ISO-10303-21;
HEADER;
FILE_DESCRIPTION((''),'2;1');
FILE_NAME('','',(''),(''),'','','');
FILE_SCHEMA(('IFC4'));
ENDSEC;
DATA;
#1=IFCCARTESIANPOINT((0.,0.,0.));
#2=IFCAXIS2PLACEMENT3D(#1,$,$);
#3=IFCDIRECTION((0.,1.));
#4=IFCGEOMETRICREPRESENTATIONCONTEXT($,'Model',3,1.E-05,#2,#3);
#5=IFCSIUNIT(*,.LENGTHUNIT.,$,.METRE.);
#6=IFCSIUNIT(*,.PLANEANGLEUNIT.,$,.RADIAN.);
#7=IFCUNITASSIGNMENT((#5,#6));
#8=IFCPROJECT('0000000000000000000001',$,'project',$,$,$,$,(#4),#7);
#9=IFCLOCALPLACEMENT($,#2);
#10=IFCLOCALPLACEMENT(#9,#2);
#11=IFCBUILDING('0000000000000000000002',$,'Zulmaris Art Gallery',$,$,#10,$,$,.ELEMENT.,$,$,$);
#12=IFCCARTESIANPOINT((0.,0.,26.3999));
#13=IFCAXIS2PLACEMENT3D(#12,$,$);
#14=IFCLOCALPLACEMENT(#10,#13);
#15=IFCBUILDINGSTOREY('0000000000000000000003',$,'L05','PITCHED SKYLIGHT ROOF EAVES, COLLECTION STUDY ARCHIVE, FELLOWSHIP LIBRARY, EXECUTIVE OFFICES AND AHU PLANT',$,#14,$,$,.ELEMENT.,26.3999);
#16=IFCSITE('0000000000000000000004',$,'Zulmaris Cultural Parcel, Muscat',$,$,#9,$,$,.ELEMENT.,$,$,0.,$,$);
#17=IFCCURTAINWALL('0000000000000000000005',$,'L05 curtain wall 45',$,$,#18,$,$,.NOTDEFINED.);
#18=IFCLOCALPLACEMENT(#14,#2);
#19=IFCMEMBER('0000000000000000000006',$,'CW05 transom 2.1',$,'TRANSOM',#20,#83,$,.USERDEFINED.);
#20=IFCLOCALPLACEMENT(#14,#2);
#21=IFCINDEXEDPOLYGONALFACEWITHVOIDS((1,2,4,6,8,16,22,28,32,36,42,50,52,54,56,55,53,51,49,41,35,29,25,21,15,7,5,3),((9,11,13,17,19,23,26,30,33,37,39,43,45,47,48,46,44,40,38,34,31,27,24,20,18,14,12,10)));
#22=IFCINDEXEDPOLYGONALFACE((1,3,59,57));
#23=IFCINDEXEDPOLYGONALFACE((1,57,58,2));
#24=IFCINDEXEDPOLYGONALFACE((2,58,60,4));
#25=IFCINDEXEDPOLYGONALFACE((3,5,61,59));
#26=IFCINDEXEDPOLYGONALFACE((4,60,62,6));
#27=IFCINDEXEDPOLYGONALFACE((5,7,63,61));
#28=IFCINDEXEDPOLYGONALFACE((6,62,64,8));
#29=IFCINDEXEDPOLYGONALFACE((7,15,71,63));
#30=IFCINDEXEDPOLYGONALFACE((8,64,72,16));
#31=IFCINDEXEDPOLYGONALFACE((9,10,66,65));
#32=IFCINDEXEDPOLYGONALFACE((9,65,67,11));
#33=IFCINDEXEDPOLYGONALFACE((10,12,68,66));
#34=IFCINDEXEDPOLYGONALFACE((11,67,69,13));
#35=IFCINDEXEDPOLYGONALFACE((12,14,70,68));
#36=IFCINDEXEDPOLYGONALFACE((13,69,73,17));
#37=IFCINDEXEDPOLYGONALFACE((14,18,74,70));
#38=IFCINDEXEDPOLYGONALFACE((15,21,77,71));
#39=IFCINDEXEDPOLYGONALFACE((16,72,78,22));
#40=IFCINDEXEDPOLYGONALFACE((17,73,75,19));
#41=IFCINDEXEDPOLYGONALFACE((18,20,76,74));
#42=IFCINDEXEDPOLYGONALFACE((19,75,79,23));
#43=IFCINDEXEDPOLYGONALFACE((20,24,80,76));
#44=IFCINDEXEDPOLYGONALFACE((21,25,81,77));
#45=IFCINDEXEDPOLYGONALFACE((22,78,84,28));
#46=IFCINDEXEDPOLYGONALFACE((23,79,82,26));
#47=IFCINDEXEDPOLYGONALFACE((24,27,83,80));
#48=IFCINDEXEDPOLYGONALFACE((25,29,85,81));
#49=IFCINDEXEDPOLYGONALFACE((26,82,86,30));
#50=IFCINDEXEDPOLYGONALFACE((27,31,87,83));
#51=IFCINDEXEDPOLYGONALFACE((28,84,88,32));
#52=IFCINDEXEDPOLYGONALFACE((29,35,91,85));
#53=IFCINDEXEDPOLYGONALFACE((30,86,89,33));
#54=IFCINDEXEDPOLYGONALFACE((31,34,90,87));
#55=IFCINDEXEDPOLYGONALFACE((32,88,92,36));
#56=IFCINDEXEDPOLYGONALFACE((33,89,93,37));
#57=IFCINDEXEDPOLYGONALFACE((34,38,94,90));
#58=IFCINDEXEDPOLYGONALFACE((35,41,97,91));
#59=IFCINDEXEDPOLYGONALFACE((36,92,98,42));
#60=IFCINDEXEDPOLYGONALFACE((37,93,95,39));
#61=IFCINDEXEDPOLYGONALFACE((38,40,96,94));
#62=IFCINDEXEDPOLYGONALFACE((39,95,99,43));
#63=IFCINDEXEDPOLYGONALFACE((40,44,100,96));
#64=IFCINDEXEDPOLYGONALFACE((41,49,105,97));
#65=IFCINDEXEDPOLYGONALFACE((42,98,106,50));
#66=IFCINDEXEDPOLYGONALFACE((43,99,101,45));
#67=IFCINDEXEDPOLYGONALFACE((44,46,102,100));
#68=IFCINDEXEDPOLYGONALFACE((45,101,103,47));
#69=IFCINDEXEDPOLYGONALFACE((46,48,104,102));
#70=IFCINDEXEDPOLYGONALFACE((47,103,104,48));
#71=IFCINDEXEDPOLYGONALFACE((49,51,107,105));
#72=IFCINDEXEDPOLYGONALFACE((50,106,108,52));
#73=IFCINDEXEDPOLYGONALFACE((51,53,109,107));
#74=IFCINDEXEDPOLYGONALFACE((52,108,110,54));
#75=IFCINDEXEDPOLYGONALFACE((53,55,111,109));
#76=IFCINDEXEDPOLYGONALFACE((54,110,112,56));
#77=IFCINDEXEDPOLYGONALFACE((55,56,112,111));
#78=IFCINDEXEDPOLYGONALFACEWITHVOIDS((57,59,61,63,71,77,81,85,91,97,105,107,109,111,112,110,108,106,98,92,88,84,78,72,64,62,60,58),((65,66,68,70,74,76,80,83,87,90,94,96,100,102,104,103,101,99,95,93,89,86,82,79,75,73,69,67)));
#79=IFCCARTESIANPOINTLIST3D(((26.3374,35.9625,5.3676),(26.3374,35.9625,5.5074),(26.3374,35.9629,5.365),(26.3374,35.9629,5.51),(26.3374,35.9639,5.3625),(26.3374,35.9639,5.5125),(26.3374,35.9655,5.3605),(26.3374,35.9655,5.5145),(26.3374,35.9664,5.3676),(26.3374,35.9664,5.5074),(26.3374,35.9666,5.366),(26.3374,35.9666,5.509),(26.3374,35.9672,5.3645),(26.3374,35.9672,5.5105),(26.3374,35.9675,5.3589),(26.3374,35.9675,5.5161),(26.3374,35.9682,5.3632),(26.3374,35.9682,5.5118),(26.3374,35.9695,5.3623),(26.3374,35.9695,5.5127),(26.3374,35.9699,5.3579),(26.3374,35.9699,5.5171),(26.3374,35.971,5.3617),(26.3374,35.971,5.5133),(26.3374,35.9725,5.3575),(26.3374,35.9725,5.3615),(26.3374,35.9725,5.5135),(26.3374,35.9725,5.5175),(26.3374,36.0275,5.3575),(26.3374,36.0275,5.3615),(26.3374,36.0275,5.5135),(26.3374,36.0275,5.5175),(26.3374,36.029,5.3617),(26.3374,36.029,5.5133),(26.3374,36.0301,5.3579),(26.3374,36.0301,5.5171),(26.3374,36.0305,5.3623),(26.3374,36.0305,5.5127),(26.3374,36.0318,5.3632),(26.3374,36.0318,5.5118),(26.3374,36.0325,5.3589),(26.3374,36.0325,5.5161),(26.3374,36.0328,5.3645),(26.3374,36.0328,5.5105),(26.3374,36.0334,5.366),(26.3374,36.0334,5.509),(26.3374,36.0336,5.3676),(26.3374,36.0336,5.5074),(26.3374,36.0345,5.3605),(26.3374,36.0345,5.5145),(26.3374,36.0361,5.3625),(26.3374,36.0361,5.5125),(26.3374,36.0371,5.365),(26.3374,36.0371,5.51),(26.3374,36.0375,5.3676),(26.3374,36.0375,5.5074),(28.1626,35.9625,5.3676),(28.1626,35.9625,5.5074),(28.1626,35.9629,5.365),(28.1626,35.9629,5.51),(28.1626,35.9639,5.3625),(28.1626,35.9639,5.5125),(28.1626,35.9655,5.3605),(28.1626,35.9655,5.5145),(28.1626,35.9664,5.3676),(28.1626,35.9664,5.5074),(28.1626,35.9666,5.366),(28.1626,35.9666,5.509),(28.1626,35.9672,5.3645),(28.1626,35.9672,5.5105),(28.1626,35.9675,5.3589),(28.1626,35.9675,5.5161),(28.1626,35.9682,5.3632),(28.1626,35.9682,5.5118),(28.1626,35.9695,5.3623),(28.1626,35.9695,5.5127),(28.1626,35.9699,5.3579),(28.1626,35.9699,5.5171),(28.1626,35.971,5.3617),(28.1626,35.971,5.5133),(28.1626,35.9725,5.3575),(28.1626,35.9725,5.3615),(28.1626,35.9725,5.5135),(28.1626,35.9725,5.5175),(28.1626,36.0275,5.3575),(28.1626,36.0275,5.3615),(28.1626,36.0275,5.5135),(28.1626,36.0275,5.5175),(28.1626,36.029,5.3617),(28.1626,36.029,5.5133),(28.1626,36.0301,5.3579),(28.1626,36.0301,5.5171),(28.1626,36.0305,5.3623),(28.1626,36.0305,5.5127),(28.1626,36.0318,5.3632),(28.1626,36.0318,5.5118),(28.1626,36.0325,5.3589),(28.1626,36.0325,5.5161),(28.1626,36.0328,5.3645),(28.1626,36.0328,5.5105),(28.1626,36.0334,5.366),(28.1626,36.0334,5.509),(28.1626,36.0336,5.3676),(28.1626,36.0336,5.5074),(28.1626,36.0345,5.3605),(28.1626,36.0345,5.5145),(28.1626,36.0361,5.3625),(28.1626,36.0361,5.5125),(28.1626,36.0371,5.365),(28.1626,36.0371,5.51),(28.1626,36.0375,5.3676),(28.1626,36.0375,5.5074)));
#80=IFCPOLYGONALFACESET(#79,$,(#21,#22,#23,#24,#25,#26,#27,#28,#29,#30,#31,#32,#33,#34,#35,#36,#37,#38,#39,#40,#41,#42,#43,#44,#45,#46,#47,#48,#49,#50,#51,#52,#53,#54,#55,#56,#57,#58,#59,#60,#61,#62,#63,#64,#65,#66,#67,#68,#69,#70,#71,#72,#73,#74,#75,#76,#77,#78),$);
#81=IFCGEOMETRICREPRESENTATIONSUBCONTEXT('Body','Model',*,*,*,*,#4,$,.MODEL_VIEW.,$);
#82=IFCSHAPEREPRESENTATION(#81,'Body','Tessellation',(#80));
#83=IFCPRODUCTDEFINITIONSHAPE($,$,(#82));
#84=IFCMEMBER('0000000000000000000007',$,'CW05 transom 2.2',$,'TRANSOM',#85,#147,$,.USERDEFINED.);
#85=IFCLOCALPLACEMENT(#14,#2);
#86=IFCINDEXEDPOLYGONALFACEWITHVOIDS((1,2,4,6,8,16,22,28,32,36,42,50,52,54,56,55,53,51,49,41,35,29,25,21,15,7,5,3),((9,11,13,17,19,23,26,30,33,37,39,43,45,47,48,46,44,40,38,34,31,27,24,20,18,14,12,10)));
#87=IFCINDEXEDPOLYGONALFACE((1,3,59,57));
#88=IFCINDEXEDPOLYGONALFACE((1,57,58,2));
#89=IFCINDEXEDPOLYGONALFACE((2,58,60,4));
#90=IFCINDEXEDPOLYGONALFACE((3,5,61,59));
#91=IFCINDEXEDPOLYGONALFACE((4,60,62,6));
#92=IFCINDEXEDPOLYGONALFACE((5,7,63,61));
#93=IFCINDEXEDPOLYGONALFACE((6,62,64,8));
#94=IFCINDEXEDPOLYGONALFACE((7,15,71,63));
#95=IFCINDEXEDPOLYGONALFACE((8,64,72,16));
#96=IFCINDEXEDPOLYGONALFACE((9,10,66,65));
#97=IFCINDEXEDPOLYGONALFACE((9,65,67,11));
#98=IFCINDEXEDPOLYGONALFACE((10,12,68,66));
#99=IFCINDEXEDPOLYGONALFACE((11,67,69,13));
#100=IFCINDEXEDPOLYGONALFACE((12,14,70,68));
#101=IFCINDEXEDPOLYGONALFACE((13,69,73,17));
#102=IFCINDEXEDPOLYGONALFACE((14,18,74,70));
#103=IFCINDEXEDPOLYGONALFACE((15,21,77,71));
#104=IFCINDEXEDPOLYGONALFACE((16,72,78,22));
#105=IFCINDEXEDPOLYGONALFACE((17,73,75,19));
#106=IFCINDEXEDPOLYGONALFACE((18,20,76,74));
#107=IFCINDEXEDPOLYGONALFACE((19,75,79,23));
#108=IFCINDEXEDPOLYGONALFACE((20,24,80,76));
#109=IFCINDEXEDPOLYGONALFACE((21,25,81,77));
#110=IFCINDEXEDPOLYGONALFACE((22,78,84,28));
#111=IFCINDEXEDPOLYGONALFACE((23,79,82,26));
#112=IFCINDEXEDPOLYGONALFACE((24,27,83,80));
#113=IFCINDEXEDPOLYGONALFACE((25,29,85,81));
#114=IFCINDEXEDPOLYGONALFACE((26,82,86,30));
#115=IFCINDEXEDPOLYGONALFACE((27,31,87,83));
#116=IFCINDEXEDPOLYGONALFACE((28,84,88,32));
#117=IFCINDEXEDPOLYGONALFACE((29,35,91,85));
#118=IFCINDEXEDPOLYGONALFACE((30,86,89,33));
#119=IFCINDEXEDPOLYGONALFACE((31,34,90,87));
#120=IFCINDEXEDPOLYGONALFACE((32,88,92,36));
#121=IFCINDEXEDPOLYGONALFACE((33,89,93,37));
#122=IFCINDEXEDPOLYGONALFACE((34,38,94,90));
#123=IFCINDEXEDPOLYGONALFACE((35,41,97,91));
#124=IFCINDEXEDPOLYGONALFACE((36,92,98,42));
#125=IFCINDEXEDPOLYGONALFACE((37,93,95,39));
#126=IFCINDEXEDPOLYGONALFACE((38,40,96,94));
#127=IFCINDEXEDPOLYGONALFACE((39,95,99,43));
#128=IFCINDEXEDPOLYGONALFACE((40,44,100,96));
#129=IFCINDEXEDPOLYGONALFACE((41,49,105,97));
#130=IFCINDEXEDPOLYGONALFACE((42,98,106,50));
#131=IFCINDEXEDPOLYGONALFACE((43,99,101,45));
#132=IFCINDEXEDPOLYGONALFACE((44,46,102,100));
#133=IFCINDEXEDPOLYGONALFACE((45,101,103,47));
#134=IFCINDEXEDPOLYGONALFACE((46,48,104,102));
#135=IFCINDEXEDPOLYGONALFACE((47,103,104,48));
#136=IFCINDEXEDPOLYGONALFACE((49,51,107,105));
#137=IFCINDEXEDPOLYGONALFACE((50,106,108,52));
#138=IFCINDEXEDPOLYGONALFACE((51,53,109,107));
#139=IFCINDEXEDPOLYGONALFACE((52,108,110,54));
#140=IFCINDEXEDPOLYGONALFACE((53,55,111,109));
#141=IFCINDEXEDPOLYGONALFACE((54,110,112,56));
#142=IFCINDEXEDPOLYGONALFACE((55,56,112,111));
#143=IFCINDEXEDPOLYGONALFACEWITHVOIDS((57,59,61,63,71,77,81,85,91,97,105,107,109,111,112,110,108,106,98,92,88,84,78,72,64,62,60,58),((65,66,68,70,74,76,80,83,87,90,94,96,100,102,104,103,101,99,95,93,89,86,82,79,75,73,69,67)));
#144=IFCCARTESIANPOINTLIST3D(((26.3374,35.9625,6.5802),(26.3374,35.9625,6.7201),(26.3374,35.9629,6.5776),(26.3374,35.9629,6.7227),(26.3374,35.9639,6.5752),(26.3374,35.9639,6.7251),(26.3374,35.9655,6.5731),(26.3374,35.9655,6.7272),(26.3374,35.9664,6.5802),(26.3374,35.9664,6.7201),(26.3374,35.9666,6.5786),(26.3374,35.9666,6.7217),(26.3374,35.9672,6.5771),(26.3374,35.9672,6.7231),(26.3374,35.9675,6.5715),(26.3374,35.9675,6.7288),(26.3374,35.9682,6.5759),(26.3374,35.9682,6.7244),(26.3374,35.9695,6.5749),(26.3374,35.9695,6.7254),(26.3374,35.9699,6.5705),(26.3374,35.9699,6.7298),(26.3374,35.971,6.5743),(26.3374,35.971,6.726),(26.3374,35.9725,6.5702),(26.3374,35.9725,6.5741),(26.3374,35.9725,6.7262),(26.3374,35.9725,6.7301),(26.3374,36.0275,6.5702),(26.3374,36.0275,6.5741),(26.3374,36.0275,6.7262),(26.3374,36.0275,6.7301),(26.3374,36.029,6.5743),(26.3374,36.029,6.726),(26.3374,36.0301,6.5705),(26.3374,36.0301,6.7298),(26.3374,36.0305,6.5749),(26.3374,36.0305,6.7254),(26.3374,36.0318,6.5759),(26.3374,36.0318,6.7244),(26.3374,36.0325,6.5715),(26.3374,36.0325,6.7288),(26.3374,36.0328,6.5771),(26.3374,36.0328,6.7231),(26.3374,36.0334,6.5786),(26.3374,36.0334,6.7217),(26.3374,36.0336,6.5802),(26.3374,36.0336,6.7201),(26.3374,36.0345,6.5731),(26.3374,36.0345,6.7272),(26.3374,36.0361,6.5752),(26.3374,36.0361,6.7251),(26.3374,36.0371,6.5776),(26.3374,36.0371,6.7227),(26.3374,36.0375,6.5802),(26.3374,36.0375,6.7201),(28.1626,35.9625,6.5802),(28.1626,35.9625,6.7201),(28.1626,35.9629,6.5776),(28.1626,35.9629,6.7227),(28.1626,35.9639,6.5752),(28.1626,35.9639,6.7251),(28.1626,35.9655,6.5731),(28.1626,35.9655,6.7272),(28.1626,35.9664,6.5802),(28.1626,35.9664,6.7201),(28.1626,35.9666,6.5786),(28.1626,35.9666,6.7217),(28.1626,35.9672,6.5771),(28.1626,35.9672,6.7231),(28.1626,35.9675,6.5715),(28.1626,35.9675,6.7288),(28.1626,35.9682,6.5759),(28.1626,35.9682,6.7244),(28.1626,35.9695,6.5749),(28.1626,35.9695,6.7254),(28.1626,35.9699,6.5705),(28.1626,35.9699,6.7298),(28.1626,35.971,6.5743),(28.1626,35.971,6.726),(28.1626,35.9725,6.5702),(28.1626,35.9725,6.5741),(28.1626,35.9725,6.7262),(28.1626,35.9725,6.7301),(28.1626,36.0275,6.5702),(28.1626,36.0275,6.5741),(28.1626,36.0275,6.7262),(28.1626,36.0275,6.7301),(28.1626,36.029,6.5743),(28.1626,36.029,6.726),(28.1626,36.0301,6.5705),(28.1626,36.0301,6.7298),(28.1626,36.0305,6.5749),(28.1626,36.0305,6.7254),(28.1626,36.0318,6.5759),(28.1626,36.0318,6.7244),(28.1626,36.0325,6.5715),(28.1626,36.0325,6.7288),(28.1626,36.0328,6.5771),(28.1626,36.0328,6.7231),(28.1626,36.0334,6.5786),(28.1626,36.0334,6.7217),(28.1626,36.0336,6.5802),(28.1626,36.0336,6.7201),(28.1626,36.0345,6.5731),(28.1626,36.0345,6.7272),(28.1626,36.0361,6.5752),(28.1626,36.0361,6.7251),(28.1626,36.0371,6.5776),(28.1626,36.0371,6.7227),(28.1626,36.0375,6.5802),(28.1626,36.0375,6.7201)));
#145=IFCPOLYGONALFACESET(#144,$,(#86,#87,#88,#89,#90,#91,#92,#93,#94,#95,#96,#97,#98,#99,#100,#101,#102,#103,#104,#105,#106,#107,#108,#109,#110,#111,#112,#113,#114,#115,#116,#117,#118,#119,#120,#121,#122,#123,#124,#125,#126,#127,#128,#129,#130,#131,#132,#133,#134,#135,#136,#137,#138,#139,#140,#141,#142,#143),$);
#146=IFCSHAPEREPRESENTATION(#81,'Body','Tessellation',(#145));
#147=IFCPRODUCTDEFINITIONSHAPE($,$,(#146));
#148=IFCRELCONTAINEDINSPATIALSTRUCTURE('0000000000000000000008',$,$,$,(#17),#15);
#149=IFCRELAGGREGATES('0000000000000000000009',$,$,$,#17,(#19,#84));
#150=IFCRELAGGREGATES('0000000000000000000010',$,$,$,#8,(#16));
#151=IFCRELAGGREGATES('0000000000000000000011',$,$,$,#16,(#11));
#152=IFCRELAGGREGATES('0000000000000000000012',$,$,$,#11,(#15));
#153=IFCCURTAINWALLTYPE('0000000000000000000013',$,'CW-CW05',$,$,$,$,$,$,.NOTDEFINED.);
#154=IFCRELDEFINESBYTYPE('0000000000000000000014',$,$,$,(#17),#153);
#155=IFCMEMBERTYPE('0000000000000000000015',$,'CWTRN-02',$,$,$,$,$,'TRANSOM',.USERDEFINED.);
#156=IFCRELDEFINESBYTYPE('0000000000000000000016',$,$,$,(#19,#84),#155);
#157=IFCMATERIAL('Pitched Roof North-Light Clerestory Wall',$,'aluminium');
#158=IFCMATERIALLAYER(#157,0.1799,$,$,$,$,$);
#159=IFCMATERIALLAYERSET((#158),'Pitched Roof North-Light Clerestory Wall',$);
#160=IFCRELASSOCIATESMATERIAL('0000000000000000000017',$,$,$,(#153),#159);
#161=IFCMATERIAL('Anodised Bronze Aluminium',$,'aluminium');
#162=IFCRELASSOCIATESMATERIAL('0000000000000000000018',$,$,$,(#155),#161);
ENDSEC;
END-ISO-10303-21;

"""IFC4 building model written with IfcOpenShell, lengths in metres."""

from ifc_helpers import new_model, si_unit, direction, frame, origin, origin_2d, place, context, subcontext, project, spatial, hollow_rectangle, extrude, material, layer, layer_set, material_profile, profile_set, type_object, element, aggregate, save


model = new_model("IFC4")

# Units and contexts
model_context = context("Model", 3, precision=1e-05, world=origin(), true_north=direction((0.0, 1.0)))
body_context = subcontext(model_context, "Body", "Model", "MODEL_VIEW")
ifc_project = project(units=[si_unit("LENGTHUNIT", "METRE"), si_unit("PLANEANGLEUNIT", "RADIAN")], contexts=[model_context])

# Site, building, storey
site_placement = place(None, origin())
site = spatial("IfcSite", under=ifc_project, at=site_placement, Name="Zulmaris Cultural Parcel, Muscat", CompositionType="ELEMENT", RefElevation=0.0)
building_placement = place(site_placement, origin())
building = spatial("IfcBuilding", under=site, at=building_placement, Name="Zulmaris Art Gallery", CompositionType="ELEMENT")
storey_placement = place(building_placement, frame((0.0, 0.0, 26.3999)))
storey = spatial("IfcBuildingStorey", under=building, at=storey_placement, Name="L05", Description="PITCHED SKYLIGHT ROOF EAVES, COLLECTION STUDY ARCHIVE, FELLOWSHIP LIBRARY, EXECUTIVE OFFICES AND AHU PLANT", CompositionType="ELEMENT", Elevation=26.3999)

# Curtain wall, members
ifc_material_1 = material(Name="Pitched Roof North-Light Clerestory Wall", Category="aluminium")
ifc_layer_1 = layer(ifc_material_1, 0.1799)
ifc_layer_set_1 = layer_set([ifc_layer_1], Name="Pitched Roof North-Light Clerestory Wall")
curtain_wall_type = type_object("IfcCurtainWallType", Name="CW-CW05", PredefinedType="NOTDEFINED", material=ifc_layer_set_1)
curtain_wall_placement = place(storey_placement, origin())
curtain_wall = element("IfcCurtainWall", 1, at=curtain_wall_placement, inside=storey, type_object=curtain_wall_type, Name="L05 curtain wall 45", PredefinedType="NOTDEFINED")
ifc_material_2 = material(Name="Anodised Bronze Aluminium", Category="aluminium")
ifc_material_profile_1 = material_profile(ifc_material_2, hollow_rectangle(XDim=0.075, YDim=0.1599, WallThickness=0.0039, InnerFilletRadius=0.0061, OuterFilletRadius=0.01, at=origin_2d()), Name="ALU 75x160x4")
ifc_profile_set_1 = profile_set([ifc_material_profile_1], Name="Anodised Bronze Aluminium")
member_type_1 = type_object("IfcMemberType", Name="CWTRN-02", ElementType="TRANSOM", PredefinedType="USERDEFINED", material=ifc_profile_set_1)
member_1_placement = place(storey_placement, frame((26.3374, 36.0, 5.4375), z_axis=(1.0, 0.0, 0.0), x_axis=(0.0, 1.0, 0.0)))
member_1 = element("IfcMember", 2, at=member_1_placement, type_object=member_type_1, Name="CW05 transom 2.1", ObjectType="TRANSOM", PredefinedType="USERDEFINED", context=body_context, shape_type="SweptSolid", body=[
    extrude(hollow_rectangle(XDim=0.075, YDim=0.1599, WallThickness=0.0039, InnerFilletRadius=0.0061, OuterFilletRadius=0.01, at=origin_2d()), origin(), (0.0, 0.0, 1.0), 1.8252),
])
member_2_placement = place(storey_placement, frame((26.3374, 36.0, 6.6501), z_axis=(1.0, 0.0, 0.0), x_axis=(0.0, 1.0, 0.0)))
member_2 = element("IfcMember", 3, at=member_2_placement, type_object=member_type_1, Name="CW05 transom 2.2", ObjectType="TRANSOM", PredefinedType="USERDEFINED", context=body_context, shape_type="SweptSolid", body=[
    extrude(hollow_rectangle(XDim=0.075, YDim=0.1599, WallThickness=0.0039, InnerFilletRadius=0.0061, OuterFilletRadius=0.01, at=origin_2d()), origin(), (0.0, 0.0, 1.0), 1.8252),
])

aggregate(curtain_wall, [member_1, member_2])

save(model, "model.ifc")
